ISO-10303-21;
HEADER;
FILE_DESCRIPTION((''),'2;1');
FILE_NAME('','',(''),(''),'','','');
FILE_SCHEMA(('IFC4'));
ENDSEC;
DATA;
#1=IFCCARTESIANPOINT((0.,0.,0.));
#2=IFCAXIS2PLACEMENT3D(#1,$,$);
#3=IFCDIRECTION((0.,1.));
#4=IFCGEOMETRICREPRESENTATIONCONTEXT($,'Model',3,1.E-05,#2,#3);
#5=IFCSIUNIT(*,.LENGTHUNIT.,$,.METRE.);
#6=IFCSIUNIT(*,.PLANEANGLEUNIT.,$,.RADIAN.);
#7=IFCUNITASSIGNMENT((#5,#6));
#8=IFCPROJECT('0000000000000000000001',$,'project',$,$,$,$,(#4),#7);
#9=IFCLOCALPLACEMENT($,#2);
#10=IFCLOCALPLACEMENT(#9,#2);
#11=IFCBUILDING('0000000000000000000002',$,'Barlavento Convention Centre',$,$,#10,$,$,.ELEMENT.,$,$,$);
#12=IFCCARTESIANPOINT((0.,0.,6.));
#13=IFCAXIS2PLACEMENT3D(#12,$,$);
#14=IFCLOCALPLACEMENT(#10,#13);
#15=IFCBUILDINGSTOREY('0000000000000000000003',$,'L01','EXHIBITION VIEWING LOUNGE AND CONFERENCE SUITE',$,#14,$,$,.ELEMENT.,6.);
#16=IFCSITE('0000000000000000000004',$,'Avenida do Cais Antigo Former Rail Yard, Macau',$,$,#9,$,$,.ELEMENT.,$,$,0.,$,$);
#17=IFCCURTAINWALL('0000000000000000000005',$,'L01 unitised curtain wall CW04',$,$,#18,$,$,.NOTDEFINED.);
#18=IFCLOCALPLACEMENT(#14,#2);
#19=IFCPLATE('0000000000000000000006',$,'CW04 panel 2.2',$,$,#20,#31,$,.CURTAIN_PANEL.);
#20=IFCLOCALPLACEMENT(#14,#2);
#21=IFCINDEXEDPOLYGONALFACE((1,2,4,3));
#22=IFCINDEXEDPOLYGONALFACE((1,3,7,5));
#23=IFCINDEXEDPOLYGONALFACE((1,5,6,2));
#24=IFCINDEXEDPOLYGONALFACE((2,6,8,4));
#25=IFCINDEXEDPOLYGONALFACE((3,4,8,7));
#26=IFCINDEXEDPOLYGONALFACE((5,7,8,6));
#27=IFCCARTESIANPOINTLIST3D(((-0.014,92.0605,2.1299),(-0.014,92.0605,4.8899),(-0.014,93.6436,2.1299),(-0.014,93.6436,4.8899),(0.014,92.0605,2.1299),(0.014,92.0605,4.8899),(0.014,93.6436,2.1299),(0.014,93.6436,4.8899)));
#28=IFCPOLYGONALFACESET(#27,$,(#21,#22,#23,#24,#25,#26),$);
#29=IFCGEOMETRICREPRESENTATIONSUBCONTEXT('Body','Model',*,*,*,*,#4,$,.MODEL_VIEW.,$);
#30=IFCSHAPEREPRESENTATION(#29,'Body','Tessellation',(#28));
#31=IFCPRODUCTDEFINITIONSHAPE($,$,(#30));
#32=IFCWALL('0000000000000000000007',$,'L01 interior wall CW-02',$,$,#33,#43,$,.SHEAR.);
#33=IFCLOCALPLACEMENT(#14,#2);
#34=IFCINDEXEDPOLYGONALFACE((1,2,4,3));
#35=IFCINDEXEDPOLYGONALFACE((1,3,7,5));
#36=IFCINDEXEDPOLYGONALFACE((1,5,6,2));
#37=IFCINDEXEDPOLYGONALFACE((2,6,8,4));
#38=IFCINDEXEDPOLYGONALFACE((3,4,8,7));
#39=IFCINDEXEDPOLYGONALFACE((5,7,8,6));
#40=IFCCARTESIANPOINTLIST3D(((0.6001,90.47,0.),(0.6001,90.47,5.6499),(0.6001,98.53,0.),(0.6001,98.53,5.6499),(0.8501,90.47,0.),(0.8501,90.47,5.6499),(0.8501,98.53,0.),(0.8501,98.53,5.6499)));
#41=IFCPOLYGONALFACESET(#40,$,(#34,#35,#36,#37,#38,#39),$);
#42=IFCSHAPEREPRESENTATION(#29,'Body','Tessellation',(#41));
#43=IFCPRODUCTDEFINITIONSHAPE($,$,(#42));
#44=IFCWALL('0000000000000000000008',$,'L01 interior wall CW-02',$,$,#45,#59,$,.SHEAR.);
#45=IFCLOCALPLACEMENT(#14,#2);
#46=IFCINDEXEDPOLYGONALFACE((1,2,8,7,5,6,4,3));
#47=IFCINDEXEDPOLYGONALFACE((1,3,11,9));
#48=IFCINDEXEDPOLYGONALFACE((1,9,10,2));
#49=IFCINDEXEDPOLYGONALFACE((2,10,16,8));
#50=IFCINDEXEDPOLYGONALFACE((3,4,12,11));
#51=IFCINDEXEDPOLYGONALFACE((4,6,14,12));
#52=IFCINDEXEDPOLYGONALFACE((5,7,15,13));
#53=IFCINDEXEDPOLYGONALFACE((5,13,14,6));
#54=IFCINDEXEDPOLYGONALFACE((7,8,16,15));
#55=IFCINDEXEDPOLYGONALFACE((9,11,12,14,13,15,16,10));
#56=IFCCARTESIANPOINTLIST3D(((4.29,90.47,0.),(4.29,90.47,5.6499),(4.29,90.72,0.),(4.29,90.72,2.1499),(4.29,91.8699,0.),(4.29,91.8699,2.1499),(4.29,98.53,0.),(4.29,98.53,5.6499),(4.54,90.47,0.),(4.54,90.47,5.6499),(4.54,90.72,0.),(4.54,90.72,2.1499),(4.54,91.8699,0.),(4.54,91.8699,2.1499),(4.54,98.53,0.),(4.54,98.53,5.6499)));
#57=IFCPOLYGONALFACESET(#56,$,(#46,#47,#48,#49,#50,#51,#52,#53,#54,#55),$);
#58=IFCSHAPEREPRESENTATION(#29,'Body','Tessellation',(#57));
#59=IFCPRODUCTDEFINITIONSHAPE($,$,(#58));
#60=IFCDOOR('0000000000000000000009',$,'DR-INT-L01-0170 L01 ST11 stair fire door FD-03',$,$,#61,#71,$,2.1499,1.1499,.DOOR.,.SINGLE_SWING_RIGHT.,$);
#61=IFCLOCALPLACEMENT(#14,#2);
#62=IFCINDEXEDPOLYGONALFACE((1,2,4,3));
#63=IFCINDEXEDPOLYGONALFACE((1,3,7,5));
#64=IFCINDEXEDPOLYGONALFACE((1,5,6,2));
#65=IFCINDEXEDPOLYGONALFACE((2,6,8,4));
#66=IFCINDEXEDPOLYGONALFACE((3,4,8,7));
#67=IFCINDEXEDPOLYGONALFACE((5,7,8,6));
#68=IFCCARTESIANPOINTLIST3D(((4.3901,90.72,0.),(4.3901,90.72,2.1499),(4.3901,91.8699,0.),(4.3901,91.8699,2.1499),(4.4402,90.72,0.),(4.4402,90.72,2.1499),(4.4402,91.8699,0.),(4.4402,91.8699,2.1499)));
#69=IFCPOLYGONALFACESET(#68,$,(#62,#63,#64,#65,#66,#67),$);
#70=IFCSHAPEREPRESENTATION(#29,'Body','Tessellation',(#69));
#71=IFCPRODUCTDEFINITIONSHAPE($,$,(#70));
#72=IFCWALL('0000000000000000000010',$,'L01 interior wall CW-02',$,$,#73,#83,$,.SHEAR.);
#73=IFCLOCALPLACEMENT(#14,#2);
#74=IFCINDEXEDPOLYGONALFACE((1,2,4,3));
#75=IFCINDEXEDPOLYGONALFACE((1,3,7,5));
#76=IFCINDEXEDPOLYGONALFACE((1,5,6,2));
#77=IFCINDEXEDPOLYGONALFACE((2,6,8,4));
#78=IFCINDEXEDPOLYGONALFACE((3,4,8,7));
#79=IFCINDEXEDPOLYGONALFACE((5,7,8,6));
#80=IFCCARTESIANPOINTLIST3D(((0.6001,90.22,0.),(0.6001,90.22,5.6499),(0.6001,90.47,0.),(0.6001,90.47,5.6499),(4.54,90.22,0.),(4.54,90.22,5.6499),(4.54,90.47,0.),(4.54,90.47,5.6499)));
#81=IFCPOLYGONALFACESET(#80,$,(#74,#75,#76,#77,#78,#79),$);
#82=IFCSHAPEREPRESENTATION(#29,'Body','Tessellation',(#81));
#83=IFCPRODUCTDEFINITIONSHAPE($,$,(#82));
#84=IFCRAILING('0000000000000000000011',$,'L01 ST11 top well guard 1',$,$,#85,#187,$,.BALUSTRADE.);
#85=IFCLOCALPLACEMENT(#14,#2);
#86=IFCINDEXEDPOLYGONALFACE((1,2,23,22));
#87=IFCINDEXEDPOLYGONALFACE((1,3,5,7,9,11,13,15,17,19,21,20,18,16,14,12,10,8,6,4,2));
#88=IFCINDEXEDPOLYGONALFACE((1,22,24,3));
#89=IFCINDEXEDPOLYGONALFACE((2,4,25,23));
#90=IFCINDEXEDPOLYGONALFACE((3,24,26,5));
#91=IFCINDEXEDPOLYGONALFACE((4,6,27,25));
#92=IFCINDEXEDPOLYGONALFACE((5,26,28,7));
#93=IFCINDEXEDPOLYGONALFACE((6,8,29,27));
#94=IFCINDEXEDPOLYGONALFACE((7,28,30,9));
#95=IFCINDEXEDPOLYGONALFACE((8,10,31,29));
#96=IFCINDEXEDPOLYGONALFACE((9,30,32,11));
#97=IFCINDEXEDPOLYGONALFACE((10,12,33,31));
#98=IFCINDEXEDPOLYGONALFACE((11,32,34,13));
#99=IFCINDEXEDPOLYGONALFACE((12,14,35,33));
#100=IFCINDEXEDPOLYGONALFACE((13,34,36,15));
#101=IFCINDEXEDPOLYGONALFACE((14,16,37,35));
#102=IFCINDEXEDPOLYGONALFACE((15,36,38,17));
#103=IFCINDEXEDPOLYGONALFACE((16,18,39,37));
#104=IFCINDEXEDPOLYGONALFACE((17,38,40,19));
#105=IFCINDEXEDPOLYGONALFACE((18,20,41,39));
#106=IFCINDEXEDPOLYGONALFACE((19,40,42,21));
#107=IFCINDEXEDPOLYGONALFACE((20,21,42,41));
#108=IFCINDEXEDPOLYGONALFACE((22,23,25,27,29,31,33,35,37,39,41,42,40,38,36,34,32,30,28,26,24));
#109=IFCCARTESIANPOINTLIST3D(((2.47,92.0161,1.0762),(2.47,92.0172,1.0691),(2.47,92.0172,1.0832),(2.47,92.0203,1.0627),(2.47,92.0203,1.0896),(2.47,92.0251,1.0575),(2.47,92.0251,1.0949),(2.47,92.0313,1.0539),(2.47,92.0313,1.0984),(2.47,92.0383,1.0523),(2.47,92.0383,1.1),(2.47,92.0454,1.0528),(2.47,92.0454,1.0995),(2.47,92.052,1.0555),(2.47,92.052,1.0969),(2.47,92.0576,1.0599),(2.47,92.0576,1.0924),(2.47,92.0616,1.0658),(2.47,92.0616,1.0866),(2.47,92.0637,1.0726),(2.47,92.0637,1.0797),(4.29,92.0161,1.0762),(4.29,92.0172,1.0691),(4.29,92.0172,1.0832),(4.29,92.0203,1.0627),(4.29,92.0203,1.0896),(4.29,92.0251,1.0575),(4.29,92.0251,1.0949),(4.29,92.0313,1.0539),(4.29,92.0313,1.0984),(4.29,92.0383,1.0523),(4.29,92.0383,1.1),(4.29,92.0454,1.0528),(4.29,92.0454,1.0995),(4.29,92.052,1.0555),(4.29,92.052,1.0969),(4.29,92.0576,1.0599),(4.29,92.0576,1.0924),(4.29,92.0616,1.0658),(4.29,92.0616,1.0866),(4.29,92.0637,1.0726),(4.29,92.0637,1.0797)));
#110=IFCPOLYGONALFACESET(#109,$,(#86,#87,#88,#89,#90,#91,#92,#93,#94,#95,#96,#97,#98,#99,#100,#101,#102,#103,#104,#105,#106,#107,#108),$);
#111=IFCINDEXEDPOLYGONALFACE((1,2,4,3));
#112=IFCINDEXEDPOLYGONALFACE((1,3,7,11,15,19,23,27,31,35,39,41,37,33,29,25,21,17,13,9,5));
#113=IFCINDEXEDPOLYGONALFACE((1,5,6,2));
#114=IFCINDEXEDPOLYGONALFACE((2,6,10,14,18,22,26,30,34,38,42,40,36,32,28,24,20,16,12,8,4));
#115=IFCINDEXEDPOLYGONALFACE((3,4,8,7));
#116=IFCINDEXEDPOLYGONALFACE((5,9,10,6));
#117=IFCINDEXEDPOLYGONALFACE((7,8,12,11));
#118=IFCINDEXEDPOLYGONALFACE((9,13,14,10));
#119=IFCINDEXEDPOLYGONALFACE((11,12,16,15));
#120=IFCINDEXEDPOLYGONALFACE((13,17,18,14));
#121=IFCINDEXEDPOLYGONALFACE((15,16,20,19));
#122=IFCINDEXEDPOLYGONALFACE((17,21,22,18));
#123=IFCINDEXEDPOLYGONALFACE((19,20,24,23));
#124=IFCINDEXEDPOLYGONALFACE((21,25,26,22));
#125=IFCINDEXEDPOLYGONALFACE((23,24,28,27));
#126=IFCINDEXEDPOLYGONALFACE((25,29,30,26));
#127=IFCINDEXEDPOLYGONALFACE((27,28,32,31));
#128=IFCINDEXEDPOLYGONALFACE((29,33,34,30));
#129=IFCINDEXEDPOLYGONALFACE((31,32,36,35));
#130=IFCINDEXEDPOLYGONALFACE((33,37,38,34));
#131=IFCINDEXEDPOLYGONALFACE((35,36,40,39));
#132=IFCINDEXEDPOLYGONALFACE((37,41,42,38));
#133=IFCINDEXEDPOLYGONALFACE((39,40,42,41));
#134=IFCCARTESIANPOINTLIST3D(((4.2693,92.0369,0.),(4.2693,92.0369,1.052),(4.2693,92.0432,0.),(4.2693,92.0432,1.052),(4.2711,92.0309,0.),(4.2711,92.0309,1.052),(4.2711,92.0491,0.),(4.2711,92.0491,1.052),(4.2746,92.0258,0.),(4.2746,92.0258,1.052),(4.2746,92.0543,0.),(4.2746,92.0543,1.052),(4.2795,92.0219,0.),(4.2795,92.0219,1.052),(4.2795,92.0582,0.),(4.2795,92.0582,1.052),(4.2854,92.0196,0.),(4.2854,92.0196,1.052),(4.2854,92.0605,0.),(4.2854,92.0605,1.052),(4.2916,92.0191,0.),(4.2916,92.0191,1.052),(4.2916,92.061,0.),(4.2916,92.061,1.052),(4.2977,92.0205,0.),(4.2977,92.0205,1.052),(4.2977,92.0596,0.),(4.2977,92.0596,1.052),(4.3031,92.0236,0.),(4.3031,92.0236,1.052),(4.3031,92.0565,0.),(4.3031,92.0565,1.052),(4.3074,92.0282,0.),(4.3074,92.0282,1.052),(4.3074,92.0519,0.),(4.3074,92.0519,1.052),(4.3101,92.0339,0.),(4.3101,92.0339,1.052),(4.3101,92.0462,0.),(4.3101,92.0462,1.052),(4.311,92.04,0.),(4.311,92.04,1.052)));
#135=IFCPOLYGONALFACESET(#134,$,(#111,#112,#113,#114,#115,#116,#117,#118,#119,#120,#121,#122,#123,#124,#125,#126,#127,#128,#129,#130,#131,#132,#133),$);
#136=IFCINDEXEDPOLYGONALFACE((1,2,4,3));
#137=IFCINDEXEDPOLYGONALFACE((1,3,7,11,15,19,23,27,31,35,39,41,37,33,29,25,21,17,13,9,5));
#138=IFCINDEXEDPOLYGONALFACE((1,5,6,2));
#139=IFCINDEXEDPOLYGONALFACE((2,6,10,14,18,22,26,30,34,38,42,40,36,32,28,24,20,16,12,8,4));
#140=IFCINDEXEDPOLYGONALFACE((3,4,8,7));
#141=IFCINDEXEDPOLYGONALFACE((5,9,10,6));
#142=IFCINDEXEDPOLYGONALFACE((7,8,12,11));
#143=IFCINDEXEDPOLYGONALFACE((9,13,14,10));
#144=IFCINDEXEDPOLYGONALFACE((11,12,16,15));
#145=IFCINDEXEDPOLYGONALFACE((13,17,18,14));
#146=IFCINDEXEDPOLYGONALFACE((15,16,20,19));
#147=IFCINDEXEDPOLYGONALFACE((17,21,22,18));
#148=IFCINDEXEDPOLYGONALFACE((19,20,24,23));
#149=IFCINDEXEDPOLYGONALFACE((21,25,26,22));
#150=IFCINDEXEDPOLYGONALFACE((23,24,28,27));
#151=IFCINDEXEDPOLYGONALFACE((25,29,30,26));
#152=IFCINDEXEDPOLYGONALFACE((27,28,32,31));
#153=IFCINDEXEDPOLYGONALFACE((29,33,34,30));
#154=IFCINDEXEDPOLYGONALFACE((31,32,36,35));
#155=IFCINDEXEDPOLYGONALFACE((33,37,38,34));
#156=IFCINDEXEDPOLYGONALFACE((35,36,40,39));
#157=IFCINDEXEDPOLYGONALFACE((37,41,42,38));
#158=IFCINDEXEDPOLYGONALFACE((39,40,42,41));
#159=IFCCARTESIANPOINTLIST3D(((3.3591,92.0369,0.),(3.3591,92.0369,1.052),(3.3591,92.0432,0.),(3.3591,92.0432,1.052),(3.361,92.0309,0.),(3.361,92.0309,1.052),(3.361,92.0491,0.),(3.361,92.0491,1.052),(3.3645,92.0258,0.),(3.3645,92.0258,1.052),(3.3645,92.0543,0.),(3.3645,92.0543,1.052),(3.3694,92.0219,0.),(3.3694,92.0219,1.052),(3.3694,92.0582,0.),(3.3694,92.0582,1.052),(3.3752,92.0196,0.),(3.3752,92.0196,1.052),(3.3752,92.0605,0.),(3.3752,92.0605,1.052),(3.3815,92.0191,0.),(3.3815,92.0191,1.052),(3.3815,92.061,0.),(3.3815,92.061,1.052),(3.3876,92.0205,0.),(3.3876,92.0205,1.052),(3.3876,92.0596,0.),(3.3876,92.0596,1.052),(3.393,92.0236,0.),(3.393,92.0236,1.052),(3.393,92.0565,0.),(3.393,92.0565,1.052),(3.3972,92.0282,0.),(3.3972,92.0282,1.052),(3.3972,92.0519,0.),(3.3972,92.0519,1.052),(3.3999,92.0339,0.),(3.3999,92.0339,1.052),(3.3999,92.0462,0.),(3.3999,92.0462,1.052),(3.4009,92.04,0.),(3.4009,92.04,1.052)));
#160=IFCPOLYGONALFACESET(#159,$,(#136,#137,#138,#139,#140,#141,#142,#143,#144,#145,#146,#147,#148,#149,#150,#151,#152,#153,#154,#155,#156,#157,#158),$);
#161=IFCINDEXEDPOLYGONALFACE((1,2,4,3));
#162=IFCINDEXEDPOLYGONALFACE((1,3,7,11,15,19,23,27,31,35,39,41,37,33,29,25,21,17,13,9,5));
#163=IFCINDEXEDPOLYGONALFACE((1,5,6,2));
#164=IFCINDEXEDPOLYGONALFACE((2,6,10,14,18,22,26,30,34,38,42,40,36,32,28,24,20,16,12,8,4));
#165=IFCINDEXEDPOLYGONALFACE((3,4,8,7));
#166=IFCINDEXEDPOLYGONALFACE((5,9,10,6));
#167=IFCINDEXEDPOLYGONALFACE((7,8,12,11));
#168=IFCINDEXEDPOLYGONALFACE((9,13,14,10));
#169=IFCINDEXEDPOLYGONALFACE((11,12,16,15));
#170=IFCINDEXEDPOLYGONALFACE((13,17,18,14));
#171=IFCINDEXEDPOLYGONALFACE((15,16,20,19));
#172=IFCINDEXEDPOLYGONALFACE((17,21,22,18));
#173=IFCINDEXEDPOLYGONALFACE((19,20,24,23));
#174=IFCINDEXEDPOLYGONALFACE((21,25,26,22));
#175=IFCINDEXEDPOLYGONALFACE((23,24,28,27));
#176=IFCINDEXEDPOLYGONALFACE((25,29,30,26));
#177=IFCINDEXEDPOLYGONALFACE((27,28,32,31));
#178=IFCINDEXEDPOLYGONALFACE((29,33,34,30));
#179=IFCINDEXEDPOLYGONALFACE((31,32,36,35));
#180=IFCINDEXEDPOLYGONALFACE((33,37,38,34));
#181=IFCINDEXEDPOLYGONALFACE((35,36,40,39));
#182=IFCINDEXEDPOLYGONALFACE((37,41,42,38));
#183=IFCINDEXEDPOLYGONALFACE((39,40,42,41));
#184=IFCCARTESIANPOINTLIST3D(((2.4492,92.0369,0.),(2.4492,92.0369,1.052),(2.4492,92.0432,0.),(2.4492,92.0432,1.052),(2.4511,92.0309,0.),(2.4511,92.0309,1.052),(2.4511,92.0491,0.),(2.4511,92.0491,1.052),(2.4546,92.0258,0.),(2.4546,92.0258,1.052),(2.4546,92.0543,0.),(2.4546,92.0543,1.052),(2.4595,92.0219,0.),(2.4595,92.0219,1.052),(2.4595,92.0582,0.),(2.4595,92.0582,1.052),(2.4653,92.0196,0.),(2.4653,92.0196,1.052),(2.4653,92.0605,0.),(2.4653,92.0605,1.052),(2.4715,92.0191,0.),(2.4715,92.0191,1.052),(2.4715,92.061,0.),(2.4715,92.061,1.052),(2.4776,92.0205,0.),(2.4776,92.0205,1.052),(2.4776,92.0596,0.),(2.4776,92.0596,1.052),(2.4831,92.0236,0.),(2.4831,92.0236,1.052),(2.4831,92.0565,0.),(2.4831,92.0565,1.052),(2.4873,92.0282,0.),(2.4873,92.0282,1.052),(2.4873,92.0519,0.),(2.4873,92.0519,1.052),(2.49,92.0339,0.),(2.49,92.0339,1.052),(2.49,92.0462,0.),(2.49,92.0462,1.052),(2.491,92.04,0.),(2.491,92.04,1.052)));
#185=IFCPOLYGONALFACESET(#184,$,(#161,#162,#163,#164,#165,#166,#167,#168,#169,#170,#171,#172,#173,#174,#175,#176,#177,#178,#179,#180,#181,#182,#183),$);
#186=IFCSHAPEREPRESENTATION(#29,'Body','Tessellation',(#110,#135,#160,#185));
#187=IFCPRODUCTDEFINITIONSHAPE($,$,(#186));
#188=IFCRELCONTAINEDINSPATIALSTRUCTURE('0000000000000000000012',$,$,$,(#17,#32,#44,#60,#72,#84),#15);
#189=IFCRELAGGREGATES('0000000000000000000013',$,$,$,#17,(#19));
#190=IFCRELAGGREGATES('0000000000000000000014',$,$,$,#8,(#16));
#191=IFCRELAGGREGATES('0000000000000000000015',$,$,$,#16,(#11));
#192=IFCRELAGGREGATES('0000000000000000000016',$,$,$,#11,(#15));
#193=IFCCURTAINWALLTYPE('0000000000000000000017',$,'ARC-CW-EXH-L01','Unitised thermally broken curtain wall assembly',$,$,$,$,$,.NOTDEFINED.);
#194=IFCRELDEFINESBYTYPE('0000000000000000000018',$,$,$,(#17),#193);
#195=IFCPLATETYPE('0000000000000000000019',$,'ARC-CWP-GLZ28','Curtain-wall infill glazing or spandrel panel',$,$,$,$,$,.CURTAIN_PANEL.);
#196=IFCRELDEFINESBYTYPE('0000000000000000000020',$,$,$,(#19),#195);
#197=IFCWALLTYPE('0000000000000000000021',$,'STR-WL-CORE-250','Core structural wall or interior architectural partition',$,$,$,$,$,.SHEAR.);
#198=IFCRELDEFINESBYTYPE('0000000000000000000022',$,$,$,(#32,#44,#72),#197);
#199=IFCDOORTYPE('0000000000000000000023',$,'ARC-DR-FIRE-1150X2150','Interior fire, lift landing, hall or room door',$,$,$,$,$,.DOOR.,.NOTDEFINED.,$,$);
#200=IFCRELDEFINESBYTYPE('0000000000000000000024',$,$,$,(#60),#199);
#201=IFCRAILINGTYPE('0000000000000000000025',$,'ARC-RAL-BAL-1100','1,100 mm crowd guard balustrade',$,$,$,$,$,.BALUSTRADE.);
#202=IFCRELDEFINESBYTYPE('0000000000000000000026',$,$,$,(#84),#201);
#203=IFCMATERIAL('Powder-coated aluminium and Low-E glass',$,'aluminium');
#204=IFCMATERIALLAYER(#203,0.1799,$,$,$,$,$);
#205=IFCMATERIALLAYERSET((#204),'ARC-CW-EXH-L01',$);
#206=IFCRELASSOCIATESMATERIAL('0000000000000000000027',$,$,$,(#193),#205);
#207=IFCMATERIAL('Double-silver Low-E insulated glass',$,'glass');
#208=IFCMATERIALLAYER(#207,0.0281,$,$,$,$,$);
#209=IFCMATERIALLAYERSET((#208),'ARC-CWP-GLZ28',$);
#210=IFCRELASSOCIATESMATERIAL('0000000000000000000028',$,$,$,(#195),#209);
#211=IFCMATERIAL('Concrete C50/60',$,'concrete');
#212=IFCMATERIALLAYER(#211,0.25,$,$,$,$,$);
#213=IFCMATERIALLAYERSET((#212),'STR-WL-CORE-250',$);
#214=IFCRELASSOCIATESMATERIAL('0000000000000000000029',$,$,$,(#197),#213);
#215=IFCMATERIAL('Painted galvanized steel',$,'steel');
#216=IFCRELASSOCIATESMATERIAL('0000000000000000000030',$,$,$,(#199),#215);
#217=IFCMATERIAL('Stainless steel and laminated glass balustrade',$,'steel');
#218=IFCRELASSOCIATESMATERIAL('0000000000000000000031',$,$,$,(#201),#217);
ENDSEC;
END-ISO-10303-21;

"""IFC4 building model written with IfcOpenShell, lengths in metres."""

from ifc_helpers import new_model, si_unit, direction, frame, frame_2d, origin, origin_2d, place, context, subcontext, project, spatial, rectangle, circle, extrude, material, layer, layer_set, type_object, element, fill, aggregate, save


model = new_model("IFC4")

# Units and contexts
model_context = context("Model", 3, precision=1e-05, world=origin(), true_north=direction((0.0, 1.0)))
body_context = subcontext(model_context, "Body", "Model", "MODEL_VIEW")
ifc_project = project(units=[si_unit("LENGTHUNIT", "METRE"), si_unit("PLANEANGLEUNIT", "RADIAN")], contexts=[model_context])

# Site, building, storey
site_placement = place(None, origin())
site = spatial("IfcSite", under=ifc_project, at=site_placement, Name="Avenida do Cais Antigo Former Rail Yard, Macau", CompositionType="ELEMENT", RefElevation=0.0)
building_placement = place(site_placement, origin())
building = spatial("IfcBuilding", under=site, at=building_placement, Name="Barlavento Convention Centre", CompositionType="ELEMENT")
storey_placement = place(building_placement, frame((0.0, 0.0, 6.0)))
storey = spatial("IfcBuildingStorey", under=building, at=storey_placement, Name="L01", Description="EXHIBITION VIEWING LOUNGE AND CONFERENCE SUITE", CompositionType="ELEMENT", Elevation=6.0)

# Curtain wall
ifc_material_1 = material(Name="Powder-coated aluminium and Low-E glass", Category="aluminium")
ifc_layer_1 = layer(ifc_material_1, 0.1799)
ifc_layer_set_1 = layer_set([ifc_layer_1], Name="ARC-CW-EXH-L01")
curtain_wall_type = type_object("IfcCurtainWallType", Name="ARC-CW-EXH-L01", Description="Unitised thermally broken curtain wall assembly", PredefinedType="NOTDEFINED", material=ifc_layer_set_1)
curtain_wall_placement = place(storey_placement, origin())
curtain_wall = element("IfcCurtainWall", 1, at=curtain_wall_placement, inside=storey, type_object=curtain_wall_type, Name="L01 unitised curtain wall CW04", PredefinedType="NOTDEFINED")

# Plate
ifc_material_2 = material(Name="Double-silver Low-E insulated glass", Category="glass")
ifc_layer_2 = layer(ifc_material_2, 0.0281)
ifc_layer_set_2 = layer_set([ifc_layer_2], Name="ARC-CWP-GLZ28")
plate_type = type_object("IfcPlateType", Name="ARC-CWP-GLZ28", Description="Curtain-wall infill glazing or spandrel panel", PredefinedType="CURTAIN_PANEL", material=ifc_layer_set_2)
plate_1_placement = place(storey_placement, frame((0.0, 92.8521, 2.1299), z_axis=(0.0, 0.0, 1.0), x_axis=(0.0, 1.0, 0.0)))
plate_1 = element("IfcPlate", 2, at=plate_1_placement, type_object=plate_type, Name="CW04 panel 2.2", PredefinedType="CURTAIN_PANEL", context=body_context, shape_type="SweptSolid", body=[
    extrude(rectangle(XDim=1.583, YDim=0.0281, at=origin_2d()), origin(), (0.0, 0.0, 1.0), 2.76),
])
aggregate(curtain_wall, [plate_1])

# Wall
ifc_material_3 = material(Name="Concrete C50/60", Category="concrete")
ifc_layer_3 = layer(ifc_material_3, 0.25)
ifc_layer_set_3 = layer_set([ifc_layer_3], Name="STR-WL-CORE-250")
wall_type = type_object("IfcWallType", Name="STR-WL-CORE-250", Description="Core structural wall or interior architectural partition", PredefinedType="SHEAR", material=ifc_layer_set_3)
wall_1_placement = place(storey_placement, frame((0.7251, 90.47, 0.0), z_axis=(0.0, 0.0, 1.0), x_axis=(0.0, 1.0, 0.0)))
element("IfcWall", 3, at=wall_1_placement, inside=storey, type_object=wall_type, Name="L01 interior wall CW-02", PredefinedType="SHEAR", context=body_context, shape_type="SweptSolid", body=[
    extrude(rectangle(XDim=8.0601, YDim=0.25, at=frame_2d((4.03, 0.0))), origin(), (0.0, 0.0, 1.0), 5.6499),
])

# Wall, opening, door
wall_2_placement = place(storey_placement, frame((4.415, 90.47, 0.0), z_axis=(0.0, 0.0, 1.0), x_axis=(0.0, 1.0, 0.0)))
wall_2 = element("IfcWall", 4, at=wall_2_placement, inside=storey, type_object=wall_type, Name="L01 interior wall CW-02", PredefinedType="SHEAR", context=body_context, shape_type="SweptSolid", body=[
    extrude(rectangle(XDim=8.0601, YDim=0.25, at=frame_2d((4.03, 0.0))), origin(), (0.0, 0.0, 1.0), 5.6499),
])
opening_placement = place(wall_2_placement, frame((0.25, 0.0, 0.0)))
opening = element("IfcOpeningElement", 5, at=opening_placement, cuts=wall_2, PredefinedType="OPENING", context=body_context, shape_type="SweptSolid", body=[
    extrude(rectangle(XDim=1.1499, YDim=2.1499, at=frame_2d((0.575, 1.075))), frame((0.0, 0.135, 0.0), z_axis=(0.0, -1.0, 0.0), x_axis=(1.0, 0.0, 0.0)), (0.0, 0.0, 1.0), 0.27),
])
ifc_material_4 = material(Name="Painted galvanized steel", Category="steel")
door_type = type_object("IfcDoorType", Name="ARC-DR-FIRE-1150X2150", Description="Interior fire, lift landing, hall or room door", OperationType="NOTDEFINED", PredefinedType="DOOR", material=ifc_material_4)
door_placement = place(opening_placement, origin())
door = element("IfcDoor", 6, at=door_placement, inside=storey, type_object=door_type, Name="DR-INT-L01-0170 L01 ST11 stair fire door FD-03", OperationType="SINGLE_SWING_RIGHT", OverallHeight=2.1499, OverallWidth=1.1499, PredefinedType="DOOR", context=body_context, shape_type="SweptSolid", body=[
    extrude(rectangle(XDim=1.1499, YDim=2.1499, at=frame_2d((0.575, 1.075))), frame((0.0, 0.0249, 0.0), z_axis=(0.0, -1.0, 0.0), x_axis=(1.0, 0.0, 0.0)), (0.0, 0.0, 1.0), 0.05),
])
fill(opening, door)

# Wall
wall_3_placement = place(storey_placement, frame((0.6001, 90.345, 0.0), z_axis=(0.0, 0.0, 1.0), x_axis=(1.0, 0.0, 0.0)))
element("IfcWall", 7, at=wall_3_placement, inside=storey, type_object=wall_type, Name="L01 interior wall CW-02", PredefinedType="SHEAR", context=body_context, shape_type="SweptSolid", body=[
    extrude(rectangle(XDim=3.9399, YDim=0.25, at=frame_2d((1.97, 0.0))), origin(), (0.0, 0.0, 1.0), 5.6499),
])

# Railing
ifc_material_5 = material(Name="Stainless steel and laminated glass balustrade", Category="steel")
railing_type = type_object("IfcRailingType", Name="ARC-RAL-BAL-1100", Description="1,100 mm crowd guard balustrade", PredefinedType="BALUSTRADE", material=ifc_material_5)
railing_1_placement = place(storey_placement, frame((4.29, 92.04, 0.0)))
element("IfcRailing", 8, at=railing_1_placement, inside=storey, type_object=railing_type, Name="L01 ST11 top well guard 1", PredefinedType="BALUSTRADE", context=body_context, shape_type="SweptSolid", body=[
    extrude(circle(Radius=0.0239, at=origin_2d()), frame((0.0, 0.0, 1.0762), z_axis=(-1.0, 0.0, 0.0), x_axis=(0.0, -1.0, 0.0)), (0.0, 0.0, 1.0), 1.8201),
    extrude(circle(Radius=0.021, at=origin_2d()), origin(), (0.0, 0.0, 1.0), 1.052),
    extrude(circle(Radius=0.021, at=origin_2d()), frame((-0.9102, 0.0, 0.0)), (0.0, 0.0, 1.0), 1.052),
    extrude(circle(Radius=0.021, at=origin_2d()), frame((-1.8201, 0.0, 0.0)), (0.0, 0.0, 1.0), 1.052),
])

save(model, "model.ifc")
